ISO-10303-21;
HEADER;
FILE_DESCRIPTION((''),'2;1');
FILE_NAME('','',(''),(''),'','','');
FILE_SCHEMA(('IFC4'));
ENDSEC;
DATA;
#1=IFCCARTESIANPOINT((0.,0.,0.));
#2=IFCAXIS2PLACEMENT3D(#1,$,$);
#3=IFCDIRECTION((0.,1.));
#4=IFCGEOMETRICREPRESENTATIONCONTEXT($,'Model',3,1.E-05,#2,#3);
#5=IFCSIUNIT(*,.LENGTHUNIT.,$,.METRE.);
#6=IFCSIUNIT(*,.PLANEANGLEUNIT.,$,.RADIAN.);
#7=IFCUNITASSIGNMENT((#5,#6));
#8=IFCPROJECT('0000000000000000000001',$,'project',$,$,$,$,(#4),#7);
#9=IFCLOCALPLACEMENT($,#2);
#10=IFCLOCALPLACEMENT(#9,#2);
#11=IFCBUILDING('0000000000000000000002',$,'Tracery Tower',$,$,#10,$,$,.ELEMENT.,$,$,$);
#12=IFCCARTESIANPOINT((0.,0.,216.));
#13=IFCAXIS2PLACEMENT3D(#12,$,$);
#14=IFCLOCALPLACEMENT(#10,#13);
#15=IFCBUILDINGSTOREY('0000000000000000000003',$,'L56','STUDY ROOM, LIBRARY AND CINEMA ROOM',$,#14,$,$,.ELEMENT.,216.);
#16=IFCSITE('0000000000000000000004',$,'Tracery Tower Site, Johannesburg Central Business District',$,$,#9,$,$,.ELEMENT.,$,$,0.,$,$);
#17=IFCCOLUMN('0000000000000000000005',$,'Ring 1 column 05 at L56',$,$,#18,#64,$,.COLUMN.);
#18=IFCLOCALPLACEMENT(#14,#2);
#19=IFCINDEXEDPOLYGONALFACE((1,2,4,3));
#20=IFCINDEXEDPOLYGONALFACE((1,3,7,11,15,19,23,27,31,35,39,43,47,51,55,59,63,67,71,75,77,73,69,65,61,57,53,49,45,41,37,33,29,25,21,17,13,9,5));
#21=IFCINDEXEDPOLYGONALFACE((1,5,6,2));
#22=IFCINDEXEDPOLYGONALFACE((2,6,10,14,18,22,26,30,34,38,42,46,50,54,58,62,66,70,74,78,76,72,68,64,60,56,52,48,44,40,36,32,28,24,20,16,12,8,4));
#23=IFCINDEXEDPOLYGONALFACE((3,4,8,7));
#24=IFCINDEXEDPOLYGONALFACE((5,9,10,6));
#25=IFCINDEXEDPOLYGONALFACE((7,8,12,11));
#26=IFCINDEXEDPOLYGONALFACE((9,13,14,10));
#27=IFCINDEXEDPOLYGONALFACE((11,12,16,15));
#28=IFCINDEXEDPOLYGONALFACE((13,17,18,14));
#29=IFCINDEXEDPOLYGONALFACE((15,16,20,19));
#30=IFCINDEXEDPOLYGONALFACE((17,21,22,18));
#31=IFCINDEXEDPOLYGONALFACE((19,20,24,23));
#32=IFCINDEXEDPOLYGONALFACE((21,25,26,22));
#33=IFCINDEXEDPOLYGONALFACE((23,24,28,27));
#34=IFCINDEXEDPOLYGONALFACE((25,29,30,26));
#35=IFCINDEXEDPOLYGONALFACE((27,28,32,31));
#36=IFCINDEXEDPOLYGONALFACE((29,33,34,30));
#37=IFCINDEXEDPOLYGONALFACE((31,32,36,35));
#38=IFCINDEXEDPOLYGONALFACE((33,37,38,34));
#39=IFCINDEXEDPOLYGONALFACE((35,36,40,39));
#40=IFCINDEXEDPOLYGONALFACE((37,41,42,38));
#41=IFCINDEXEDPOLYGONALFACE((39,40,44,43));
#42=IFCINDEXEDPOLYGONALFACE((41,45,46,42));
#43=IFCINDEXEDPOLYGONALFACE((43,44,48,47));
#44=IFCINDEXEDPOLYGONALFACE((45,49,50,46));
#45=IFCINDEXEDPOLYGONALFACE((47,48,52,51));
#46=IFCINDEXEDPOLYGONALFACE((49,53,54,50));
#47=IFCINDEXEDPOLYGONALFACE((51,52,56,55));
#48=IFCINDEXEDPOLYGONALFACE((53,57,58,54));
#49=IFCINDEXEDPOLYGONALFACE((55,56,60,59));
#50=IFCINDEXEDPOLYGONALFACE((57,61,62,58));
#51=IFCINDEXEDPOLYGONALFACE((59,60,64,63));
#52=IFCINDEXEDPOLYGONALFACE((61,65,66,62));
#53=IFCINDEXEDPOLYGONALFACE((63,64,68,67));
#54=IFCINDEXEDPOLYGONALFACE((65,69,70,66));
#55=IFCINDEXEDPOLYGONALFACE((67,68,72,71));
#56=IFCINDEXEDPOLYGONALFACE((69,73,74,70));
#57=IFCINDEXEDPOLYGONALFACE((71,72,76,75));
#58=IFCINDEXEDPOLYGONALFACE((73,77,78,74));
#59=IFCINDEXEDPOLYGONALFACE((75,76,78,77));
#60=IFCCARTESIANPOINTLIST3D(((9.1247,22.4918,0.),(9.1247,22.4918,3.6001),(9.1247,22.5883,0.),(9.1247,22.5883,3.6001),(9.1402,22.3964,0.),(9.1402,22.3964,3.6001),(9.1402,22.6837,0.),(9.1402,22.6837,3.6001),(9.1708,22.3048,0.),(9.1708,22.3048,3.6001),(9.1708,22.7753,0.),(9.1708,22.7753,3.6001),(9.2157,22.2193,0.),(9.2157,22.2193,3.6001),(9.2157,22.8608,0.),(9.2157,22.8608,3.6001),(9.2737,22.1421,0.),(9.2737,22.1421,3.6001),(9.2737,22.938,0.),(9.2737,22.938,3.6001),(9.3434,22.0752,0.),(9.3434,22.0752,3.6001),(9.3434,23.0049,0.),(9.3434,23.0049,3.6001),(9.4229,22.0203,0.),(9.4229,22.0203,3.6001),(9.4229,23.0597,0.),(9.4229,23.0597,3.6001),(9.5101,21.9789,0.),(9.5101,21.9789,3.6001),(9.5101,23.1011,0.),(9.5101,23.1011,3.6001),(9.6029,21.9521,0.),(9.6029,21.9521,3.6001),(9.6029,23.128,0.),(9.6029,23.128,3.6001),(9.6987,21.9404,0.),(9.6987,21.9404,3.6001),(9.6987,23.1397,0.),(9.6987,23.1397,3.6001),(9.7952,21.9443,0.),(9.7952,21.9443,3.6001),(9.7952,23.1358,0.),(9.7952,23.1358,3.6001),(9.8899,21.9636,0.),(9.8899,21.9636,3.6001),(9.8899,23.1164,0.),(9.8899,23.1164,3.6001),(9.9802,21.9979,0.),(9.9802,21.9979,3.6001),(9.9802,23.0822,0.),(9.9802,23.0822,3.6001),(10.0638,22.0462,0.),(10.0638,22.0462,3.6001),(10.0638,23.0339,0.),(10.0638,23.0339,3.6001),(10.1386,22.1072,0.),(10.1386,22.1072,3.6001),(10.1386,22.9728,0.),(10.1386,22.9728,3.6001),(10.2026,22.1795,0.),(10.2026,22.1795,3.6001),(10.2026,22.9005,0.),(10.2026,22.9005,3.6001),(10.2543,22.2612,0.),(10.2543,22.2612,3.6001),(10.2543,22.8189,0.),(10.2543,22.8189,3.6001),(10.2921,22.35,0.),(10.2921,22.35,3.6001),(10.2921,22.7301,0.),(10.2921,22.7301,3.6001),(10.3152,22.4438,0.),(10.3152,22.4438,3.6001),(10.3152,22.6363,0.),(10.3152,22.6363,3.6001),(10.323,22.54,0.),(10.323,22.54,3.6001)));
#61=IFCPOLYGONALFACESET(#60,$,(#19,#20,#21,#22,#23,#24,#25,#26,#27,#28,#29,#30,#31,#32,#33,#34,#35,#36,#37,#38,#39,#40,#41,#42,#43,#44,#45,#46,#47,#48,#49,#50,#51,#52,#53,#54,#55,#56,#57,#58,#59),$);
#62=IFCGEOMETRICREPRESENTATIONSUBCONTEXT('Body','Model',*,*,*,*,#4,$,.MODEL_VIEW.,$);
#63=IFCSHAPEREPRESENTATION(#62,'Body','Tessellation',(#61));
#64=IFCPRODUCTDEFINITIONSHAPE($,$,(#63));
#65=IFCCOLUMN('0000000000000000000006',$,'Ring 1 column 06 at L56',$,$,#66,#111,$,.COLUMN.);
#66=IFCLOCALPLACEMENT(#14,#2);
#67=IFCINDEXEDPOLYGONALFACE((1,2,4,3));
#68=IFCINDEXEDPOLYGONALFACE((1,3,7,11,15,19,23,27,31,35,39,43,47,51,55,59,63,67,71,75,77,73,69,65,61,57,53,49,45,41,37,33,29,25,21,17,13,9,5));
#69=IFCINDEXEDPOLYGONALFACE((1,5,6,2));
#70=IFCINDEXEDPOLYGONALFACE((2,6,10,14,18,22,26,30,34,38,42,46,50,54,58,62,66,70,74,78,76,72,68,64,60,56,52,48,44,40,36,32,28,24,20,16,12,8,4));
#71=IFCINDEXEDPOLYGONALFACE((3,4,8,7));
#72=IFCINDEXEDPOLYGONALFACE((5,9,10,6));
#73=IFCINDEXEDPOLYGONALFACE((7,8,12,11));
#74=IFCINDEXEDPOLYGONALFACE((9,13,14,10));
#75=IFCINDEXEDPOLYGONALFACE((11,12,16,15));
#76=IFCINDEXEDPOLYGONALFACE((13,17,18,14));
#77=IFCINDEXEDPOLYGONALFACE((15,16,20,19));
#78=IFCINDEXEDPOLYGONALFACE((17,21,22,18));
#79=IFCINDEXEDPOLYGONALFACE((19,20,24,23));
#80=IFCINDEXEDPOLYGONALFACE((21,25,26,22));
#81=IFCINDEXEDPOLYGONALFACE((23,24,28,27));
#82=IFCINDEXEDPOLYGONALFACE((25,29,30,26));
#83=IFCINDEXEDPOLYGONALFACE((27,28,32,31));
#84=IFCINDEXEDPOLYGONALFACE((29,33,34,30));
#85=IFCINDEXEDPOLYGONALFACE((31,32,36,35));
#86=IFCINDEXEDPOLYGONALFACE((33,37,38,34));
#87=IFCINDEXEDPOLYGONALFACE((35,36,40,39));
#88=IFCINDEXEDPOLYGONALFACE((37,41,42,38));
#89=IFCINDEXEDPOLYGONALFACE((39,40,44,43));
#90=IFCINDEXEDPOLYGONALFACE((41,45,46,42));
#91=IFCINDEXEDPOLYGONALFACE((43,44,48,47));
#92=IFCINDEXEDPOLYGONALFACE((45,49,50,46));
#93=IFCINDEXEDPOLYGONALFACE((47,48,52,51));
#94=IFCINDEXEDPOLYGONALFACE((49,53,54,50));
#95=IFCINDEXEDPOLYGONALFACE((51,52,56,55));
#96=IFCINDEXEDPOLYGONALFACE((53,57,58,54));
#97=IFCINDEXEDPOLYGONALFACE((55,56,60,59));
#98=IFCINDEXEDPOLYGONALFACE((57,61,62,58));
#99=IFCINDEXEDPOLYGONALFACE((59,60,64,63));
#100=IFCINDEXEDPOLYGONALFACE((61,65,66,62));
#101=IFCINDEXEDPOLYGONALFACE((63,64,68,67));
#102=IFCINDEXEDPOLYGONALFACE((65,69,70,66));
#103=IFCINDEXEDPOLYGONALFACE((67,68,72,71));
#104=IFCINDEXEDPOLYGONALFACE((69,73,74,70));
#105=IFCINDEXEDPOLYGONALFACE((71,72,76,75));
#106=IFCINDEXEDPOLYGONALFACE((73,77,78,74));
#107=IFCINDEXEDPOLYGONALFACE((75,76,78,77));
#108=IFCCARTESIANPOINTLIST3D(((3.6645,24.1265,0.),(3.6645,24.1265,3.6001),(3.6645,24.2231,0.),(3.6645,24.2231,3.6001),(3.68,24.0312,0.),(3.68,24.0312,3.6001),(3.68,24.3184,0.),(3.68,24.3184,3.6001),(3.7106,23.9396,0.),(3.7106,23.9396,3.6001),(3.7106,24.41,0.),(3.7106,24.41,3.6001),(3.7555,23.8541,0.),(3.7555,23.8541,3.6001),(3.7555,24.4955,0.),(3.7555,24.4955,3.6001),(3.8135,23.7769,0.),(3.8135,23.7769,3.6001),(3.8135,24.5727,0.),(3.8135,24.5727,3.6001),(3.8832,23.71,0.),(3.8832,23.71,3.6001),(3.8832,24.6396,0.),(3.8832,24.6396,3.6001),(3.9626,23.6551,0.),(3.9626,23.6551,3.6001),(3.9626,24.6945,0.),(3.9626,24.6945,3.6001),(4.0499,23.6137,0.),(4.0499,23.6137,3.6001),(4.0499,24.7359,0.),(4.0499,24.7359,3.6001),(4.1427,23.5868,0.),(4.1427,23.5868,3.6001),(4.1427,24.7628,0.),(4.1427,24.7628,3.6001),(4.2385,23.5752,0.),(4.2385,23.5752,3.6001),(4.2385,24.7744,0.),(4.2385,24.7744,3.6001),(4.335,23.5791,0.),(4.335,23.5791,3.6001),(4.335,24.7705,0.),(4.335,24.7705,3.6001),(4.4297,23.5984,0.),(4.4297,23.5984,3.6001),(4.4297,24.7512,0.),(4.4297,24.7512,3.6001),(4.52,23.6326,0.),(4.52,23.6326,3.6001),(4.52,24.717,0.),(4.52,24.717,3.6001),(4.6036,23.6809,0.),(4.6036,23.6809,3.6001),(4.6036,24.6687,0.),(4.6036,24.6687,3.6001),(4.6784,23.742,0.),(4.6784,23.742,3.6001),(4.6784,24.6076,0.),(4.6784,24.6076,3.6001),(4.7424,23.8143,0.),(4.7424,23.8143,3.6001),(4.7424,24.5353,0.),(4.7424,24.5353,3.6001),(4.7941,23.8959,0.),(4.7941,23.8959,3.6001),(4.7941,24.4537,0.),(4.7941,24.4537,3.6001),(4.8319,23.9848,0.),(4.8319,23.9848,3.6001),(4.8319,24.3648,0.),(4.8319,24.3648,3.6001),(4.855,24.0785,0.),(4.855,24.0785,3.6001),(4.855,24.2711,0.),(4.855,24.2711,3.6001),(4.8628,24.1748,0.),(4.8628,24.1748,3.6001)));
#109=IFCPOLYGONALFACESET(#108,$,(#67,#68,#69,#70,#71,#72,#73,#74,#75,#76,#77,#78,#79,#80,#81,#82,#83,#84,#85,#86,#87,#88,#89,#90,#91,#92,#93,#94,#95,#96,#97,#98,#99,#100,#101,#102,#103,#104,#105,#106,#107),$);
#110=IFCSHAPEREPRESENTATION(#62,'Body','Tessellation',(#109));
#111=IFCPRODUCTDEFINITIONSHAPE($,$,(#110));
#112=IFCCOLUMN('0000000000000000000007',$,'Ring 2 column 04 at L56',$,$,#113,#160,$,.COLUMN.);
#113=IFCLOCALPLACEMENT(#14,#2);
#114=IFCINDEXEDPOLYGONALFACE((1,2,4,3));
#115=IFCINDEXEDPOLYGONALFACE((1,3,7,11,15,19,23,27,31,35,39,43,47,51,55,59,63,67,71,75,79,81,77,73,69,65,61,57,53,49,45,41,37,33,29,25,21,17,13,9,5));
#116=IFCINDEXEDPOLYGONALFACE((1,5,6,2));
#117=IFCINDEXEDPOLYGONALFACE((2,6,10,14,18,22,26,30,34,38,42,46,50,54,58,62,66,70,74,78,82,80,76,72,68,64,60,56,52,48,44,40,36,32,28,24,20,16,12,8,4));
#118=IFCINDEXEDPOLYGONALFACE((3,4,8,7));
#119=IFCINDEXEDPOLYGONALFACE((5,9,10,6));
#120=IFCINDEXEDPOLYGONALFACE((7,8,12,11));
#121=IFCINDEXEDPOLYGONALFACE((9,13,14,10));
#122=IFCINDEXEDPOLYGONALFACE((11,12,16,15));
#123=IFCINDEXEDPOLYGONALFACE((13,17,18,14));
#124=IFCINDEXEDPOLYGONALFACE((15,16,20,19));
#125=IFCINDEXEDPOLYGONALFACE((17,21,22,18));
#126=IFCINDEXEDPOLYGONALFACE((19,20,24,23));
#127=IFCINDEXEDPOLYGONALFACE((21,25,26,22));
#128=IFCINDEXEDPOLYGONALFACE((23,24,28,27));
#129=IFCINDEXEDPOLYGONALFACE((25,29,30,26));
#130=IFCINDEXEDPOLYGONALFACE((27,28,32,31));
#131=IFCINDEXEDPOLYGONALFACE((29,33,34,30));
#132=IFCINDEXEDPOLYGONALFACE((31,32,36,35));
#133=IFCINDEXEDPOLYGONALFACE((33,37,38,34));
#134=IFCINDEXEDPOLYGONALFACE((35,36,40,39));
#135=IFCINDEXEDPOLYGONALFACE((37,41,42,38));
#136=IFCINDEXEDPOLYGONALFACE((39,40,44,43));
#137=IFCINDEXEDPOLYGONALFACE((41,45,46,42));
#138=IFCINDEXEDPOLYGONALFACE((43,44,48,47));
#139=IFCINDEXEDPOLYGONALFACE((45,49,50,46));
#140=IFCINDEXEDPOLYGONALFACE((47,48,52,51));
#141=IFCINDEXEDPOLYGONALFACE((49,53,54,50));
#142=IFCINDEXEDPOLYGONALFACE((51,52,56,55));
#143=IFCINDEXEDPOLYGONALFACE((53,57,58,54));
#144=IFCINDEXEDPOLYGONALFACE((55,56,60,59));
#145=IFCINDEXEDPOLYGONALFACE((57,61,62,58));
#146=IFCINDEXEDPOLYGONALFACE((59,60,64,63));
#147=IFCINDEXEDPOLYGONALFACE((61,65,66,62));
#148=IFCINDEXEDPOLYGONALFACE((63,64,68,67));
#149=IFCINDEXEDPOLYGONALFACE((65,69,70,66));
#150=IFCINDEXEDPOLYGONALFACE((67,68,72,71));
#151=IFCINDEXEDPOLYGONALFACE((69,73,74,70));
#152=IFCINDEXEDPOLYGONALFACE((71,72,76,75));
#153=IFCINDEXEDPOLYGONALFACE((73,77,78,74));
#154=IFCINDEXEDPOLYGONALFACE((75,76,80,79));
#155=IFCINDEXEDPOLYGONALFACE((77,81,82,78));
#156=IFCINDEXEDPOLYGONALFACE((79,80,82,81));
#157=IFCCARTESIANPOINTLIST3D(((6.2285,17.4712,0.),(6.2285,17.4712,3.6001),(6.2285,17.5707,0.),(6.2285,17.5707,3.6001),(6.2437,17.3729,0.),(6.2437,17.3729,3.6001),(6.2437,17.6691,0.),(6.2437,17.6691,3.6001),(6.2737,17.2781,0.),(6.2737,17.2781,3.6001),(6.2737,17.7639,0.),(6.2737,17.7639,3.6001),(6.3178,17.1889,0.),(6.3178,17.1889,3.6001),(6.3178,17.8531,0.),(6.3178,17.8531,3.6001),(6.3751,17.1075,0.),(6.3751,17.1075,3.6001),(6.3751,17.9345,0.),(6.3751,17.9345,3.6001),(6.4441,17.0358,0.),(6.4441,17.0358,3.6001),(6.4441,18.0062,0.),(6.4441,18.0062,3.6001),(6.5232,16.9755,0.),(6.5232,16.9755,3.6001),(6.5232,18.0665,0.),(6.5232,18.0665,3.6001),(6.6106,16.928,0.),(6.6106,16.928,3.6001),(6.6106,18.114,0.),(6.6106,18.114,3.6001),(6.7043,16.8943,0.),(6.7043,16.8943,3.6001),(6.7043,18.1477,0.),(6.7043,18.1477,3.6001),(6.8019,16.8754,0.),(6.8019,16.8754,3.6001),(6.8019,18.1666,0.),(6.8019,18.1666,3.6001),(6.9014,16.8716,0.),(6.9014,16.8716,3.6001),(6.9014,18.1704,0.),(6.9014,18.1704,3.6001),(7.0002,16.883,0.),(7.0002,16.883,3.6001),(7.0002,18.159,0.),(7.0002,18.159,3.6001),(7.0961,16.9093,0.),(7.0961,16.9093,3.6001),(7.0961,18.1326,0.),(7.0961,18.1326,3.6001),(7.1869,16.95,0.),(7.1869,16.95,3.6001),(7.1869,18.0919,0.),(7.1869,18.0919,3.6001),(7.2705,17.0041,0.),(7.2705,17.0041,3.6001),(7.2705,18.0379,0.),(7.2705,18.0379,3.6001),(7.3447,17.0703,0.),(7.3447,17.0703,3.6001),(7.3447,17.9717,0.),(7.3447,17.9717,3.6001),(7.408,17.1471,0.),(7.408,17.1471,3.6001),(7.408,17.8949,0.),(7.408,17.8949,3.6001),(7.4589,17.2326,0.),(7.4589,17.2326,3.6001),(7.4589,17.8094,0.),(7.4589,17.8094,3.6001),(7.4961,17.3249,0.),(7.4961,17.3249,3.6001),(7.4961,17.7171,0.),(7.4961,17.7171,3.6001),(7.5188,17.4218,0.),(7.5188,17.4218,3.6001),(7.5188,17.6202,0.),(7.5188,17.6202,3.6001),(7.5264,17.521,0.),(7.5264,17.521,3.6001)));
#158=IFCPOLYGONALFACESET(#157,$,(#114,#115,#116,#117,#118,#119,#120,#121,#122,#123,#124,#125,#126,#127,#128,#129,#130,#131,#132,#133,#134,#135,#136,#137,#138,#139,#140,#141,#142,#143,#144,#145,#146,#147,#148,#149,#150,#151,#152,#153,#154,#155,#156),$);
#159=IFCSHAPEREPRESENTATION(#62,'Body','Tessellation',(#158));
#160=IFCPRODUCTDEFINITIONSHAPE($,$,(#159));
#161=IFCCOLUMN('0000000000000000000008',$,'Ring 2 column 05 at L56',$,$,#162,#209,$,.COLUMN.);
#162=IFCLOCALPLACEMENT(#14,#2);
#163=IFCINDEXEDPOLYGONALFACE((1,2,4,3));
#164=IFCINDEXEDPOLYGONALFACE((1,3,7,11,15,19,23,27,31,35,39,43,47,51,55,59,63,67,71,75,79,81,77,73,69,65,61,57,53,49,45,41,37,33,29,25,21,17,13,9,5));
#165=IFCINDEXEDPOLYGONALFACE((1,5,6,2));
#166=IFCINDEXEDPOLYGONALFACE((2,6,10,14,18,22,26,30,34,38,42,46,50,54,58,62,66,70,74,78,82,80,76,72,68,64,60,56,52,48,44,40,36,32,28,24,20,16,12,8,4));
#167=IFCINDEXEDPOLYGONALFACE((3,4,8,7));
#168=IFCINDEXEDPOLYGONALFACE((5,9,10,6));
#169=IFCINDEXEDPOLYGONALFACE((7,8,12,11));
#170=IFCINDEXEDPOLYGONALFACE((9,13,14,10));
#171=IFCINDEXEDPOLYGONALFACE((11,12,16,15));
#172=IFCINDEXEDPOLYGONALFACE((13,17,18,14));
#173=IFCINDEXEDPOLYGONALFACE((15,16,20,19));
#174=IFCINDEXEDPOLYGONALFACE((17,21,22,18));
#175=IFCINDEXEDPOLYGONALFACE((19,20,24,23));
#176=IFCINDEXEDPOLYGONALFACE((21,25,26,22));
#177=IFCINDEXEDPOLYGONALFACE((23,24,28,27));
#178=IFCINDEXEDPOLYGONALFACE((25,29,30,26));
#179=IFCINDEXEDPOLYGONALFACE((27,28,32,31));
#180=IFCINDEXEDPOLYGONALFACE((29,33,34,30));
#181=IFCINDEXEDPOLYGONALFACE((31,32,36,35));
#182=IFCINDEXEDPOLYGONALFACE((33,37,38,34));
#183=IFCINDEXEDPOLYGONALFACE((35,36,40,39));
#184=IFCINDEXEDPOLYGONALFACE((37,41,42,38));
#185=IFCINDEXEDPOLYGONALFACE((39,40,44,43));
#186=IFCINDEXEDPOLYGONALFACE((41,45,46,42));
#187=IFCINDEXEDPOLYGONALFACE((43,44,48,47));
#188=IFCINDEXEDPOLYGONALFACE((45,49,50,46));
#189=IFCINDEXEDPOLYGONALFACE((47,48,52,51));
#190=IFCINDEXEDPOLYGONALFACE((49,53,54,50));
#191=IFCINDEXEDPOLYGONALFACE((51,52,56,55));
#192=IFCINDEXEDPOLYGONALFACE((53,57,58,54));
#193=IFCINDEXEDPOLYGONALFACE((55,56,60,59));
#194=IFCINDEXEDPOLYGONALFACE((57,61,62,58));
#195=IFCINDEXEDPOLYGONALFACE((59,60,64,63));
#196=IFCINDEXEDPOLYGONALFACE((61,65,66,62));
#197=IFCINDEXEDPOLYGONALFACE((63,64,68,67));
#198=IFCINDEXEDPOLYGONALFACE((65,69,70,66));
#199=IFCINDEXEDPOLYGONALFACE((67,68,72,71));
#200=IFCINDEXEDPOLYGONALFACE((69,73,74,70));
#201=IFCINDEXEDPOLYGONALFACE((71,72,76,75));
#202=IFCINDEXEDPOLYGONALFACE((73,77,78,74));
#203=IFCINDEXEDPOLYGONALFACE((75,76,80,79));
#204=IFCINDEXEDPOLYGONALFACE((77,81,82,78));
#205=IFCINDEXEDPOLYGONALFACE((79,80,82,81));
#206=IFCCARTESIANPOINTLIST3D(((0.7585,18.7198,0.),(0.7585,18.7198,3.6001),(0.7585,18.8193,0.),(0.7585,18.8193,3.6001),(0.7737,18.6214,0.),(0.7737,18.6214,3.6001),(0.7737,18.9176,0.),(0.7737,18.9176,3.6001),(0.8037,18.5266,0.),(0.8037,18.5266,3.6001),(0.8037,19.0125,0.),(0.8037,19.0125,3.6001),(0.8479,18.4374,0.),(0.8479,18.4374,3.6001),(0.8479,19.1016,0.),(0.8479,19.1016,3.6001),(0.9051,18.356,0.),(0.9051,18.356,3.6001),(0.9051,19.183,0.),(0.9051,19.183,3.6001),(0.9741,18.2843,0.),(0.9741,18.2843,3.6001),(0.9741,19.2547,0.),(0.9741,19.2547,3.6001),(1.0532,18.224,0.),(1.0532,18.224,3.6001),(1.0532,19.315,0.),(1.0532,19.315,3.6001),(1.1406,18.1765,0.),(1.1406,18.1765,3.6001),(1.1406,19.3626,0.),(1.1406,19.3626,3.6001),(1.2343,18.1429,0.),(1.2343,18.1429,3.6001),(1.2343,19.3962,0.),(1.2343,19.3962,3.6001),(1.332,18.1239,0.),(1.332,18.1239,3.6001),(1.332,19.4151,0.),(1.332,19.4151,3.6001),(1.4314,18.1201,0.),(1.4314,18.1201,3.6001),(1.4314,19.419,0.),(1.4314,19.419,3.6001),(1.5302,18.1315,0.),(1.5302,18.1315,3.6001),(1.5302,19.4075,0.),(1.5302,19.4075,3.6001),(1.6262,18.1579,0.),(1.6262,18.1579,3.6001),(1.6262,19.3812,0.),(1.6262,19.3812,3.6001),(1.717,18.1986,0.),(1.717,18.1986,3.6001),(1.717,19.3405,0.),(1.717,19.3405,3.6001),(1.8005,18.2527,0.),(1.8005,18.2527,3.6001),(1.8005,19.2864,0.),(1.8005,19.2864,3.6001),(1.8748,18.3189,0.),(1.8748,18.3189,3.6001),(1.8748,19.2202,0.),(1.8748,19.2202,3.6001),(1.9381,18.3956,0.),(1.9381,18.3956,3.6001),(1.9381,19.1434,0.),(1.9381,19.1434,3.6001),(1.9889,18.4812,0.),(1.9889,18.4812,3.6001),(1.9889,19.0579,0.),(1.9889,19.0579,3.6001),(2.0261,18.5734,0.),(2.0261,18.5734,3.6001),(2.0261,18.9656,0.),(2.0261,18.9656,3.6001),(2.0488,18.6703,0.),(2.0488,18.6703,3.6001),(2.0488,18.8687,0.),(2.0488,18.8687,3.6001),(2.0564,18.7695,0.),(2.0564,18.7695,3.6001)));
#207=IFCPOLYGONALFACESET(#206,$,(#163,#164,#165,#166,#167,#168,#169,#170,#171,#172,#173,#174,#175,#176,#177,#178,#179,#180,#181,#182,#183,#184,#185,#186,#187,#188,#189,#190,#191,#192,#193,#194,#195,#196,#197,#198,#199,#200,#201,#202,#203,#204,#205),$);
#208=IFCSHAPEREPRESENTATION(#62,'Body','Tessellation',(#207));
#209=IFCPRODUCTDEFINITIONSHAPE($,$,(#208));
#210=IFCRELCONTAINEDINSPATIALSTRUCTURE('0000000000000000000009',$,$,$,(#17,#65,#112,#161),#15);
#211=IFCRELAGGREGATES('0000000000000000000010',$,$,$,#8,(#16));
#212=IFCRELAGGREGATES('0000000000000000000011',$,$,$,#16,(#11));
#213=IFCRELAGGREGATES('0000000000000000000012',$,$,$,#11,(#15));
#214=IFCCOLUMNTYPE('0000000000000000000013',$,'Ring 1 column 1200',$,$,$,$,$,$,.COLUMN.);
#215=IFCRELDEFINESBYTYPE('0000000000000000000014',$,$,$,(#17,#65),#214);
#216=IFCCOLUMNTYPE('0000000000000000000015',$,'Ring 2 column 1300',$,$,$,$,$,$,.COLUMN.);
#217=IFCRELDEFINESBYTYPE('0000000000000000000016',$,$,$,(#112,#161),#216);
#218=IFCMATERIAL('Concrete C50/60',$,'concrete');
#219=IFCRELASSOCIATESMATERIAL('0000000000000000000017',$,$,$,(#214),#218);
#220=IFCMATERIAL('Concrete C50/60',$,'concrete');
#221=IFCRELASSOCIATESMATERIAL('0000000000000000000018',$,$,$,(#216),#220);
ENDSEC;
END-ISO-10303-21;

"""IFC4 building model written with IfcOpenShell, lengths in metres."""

from ifc_helpers import new_model, si_unit, direction, frame, origin, origin_2d, place, context, subcontext, project, spatial, circle, extrude, material, material_profile, profile_set, type_object, element, save


model = new_model("IFC4")

# Units and contexts
model_context = context("Model", 3, precision=1e-05, world=origin(), true_north=direction((0.0, 1.0)))
body_context = subcontext(model_context, "Body", "Model", "MODEL_VIEW")
ifc_project = project(units=[si_unit("LENGTHUNIT", "METRE"), si_unit("PLANEANGLEUNIT", "RADIAN")], contexts=[model_context])

# Site, building, storey
site_placement = place(None, origin())
site = spatial("IfcSite", under=ifc_project, at=site_placement, Name="Tracery Tower Site, Johannesburg Central Business District", CompositionType="ELEMENT", RefElevation=0.0)
building_placement = place(site_placement, origin())
building = spatial("IfcBuilding", under=site, at=building_placement, Name="Tracery Tower", CompositionType="ELEMENT")
storey_placement = place(building_placement, frame((0.0, 0.0, 216.0)))
storey = spatial("IfcBuildingStorey", under=building, at=storey_placement, Name="L56", Description="STUDY ROOM, LIBRARY AND CINEMA ROOM", CompositionType="ELEMENT", Elevation=216.0)

# Columns
ifc_material_1 = material(Name="Concrete C50/60", Category="concrete")
ifc_material_profile_1 = material_profile(ifc_material_1, circle(Radius=0.6001, at=origin_2d()), Name="RC D1200")
ifc_profile_set_1 = profile_set([ifc_material_profile_1], Name="Concrete C50/60")
column_type_1 = type_object("IfcColumnType", Name="Ring 1 column 1200", PredefinedType="COLUMN", material=ifc_profile_set_1)
for number, where, z_axis, x_axis, name in (
    (1, (9.7229, 22.54, 0.0), (0.0, 0.0, 1.0), (1.0, 0.0, 0.0), "Ring 1 column 05 at L56"),
    (2, (4.2627, 24.1748, 0.0), (0.0, 0.0, 1.0), (1.0, 0.0, 0.0), "Ring 1 column 06 at L56"),
):
    element("IfcColumn", number, at=place(storey_placement, frame(where, z_axis=z_axis, x_axis=x_axis)), inside=storey, type_object=column_type_1, Name=name, PredefinedType="COLUMN", context=body_context, shape_type="SweptSolid", body=[
        extrude(circle(Radius=0.6001, at=origin_2d()), origin(), (0.0, 0.0, 1.0), 3.6001),
    ])
ifc_material_2 = material(Name="Concrete C50/60", Category="concrete")
ifc_material_profile_2 = material_profile(ifc_material_2, circle(Radius=0.6499, at=origin_2d()), Name="RC D1300")
ifc_profile_set_2 = profile_set([ifc_material_profile_2], Name="Concrete C50/60")
column_type_2 = type_object("IfcColumnType", Name="Ring 2 column 1300", PredefinedType="COLUMN", material=ifc_profile_set_2)
for number, where, z_axis, x_axis, name in (
    (3, (6.8765, 17.521, 0.0), (0.0, 0.0, 1.0), (1.0, 0.0, 0.0), "Ring 2 column 04 at L56"),
    (4, (1.4065, 18.7695, 0.0), (0.0, 0.0, 1.0), (1.0, 0.0, 0.0), "Ring 2 column 05 at L56"),
):
    element("IfcColumn", number, at=place(storey_placement, frame(where, z_axis=z_axis, x_axis=x_axis)), inside=storey, type_object=column_type_2, Name=name, PredefinedType="COLUMN", context=body_context, shape_type="SweptSolid", body=[
        extrude(circle(Radius=0.6499, at=origin_2d()), origin(), (0.0, 0.0, 1.0), 3.6001),
    ])

save(model, "model.ifc")
